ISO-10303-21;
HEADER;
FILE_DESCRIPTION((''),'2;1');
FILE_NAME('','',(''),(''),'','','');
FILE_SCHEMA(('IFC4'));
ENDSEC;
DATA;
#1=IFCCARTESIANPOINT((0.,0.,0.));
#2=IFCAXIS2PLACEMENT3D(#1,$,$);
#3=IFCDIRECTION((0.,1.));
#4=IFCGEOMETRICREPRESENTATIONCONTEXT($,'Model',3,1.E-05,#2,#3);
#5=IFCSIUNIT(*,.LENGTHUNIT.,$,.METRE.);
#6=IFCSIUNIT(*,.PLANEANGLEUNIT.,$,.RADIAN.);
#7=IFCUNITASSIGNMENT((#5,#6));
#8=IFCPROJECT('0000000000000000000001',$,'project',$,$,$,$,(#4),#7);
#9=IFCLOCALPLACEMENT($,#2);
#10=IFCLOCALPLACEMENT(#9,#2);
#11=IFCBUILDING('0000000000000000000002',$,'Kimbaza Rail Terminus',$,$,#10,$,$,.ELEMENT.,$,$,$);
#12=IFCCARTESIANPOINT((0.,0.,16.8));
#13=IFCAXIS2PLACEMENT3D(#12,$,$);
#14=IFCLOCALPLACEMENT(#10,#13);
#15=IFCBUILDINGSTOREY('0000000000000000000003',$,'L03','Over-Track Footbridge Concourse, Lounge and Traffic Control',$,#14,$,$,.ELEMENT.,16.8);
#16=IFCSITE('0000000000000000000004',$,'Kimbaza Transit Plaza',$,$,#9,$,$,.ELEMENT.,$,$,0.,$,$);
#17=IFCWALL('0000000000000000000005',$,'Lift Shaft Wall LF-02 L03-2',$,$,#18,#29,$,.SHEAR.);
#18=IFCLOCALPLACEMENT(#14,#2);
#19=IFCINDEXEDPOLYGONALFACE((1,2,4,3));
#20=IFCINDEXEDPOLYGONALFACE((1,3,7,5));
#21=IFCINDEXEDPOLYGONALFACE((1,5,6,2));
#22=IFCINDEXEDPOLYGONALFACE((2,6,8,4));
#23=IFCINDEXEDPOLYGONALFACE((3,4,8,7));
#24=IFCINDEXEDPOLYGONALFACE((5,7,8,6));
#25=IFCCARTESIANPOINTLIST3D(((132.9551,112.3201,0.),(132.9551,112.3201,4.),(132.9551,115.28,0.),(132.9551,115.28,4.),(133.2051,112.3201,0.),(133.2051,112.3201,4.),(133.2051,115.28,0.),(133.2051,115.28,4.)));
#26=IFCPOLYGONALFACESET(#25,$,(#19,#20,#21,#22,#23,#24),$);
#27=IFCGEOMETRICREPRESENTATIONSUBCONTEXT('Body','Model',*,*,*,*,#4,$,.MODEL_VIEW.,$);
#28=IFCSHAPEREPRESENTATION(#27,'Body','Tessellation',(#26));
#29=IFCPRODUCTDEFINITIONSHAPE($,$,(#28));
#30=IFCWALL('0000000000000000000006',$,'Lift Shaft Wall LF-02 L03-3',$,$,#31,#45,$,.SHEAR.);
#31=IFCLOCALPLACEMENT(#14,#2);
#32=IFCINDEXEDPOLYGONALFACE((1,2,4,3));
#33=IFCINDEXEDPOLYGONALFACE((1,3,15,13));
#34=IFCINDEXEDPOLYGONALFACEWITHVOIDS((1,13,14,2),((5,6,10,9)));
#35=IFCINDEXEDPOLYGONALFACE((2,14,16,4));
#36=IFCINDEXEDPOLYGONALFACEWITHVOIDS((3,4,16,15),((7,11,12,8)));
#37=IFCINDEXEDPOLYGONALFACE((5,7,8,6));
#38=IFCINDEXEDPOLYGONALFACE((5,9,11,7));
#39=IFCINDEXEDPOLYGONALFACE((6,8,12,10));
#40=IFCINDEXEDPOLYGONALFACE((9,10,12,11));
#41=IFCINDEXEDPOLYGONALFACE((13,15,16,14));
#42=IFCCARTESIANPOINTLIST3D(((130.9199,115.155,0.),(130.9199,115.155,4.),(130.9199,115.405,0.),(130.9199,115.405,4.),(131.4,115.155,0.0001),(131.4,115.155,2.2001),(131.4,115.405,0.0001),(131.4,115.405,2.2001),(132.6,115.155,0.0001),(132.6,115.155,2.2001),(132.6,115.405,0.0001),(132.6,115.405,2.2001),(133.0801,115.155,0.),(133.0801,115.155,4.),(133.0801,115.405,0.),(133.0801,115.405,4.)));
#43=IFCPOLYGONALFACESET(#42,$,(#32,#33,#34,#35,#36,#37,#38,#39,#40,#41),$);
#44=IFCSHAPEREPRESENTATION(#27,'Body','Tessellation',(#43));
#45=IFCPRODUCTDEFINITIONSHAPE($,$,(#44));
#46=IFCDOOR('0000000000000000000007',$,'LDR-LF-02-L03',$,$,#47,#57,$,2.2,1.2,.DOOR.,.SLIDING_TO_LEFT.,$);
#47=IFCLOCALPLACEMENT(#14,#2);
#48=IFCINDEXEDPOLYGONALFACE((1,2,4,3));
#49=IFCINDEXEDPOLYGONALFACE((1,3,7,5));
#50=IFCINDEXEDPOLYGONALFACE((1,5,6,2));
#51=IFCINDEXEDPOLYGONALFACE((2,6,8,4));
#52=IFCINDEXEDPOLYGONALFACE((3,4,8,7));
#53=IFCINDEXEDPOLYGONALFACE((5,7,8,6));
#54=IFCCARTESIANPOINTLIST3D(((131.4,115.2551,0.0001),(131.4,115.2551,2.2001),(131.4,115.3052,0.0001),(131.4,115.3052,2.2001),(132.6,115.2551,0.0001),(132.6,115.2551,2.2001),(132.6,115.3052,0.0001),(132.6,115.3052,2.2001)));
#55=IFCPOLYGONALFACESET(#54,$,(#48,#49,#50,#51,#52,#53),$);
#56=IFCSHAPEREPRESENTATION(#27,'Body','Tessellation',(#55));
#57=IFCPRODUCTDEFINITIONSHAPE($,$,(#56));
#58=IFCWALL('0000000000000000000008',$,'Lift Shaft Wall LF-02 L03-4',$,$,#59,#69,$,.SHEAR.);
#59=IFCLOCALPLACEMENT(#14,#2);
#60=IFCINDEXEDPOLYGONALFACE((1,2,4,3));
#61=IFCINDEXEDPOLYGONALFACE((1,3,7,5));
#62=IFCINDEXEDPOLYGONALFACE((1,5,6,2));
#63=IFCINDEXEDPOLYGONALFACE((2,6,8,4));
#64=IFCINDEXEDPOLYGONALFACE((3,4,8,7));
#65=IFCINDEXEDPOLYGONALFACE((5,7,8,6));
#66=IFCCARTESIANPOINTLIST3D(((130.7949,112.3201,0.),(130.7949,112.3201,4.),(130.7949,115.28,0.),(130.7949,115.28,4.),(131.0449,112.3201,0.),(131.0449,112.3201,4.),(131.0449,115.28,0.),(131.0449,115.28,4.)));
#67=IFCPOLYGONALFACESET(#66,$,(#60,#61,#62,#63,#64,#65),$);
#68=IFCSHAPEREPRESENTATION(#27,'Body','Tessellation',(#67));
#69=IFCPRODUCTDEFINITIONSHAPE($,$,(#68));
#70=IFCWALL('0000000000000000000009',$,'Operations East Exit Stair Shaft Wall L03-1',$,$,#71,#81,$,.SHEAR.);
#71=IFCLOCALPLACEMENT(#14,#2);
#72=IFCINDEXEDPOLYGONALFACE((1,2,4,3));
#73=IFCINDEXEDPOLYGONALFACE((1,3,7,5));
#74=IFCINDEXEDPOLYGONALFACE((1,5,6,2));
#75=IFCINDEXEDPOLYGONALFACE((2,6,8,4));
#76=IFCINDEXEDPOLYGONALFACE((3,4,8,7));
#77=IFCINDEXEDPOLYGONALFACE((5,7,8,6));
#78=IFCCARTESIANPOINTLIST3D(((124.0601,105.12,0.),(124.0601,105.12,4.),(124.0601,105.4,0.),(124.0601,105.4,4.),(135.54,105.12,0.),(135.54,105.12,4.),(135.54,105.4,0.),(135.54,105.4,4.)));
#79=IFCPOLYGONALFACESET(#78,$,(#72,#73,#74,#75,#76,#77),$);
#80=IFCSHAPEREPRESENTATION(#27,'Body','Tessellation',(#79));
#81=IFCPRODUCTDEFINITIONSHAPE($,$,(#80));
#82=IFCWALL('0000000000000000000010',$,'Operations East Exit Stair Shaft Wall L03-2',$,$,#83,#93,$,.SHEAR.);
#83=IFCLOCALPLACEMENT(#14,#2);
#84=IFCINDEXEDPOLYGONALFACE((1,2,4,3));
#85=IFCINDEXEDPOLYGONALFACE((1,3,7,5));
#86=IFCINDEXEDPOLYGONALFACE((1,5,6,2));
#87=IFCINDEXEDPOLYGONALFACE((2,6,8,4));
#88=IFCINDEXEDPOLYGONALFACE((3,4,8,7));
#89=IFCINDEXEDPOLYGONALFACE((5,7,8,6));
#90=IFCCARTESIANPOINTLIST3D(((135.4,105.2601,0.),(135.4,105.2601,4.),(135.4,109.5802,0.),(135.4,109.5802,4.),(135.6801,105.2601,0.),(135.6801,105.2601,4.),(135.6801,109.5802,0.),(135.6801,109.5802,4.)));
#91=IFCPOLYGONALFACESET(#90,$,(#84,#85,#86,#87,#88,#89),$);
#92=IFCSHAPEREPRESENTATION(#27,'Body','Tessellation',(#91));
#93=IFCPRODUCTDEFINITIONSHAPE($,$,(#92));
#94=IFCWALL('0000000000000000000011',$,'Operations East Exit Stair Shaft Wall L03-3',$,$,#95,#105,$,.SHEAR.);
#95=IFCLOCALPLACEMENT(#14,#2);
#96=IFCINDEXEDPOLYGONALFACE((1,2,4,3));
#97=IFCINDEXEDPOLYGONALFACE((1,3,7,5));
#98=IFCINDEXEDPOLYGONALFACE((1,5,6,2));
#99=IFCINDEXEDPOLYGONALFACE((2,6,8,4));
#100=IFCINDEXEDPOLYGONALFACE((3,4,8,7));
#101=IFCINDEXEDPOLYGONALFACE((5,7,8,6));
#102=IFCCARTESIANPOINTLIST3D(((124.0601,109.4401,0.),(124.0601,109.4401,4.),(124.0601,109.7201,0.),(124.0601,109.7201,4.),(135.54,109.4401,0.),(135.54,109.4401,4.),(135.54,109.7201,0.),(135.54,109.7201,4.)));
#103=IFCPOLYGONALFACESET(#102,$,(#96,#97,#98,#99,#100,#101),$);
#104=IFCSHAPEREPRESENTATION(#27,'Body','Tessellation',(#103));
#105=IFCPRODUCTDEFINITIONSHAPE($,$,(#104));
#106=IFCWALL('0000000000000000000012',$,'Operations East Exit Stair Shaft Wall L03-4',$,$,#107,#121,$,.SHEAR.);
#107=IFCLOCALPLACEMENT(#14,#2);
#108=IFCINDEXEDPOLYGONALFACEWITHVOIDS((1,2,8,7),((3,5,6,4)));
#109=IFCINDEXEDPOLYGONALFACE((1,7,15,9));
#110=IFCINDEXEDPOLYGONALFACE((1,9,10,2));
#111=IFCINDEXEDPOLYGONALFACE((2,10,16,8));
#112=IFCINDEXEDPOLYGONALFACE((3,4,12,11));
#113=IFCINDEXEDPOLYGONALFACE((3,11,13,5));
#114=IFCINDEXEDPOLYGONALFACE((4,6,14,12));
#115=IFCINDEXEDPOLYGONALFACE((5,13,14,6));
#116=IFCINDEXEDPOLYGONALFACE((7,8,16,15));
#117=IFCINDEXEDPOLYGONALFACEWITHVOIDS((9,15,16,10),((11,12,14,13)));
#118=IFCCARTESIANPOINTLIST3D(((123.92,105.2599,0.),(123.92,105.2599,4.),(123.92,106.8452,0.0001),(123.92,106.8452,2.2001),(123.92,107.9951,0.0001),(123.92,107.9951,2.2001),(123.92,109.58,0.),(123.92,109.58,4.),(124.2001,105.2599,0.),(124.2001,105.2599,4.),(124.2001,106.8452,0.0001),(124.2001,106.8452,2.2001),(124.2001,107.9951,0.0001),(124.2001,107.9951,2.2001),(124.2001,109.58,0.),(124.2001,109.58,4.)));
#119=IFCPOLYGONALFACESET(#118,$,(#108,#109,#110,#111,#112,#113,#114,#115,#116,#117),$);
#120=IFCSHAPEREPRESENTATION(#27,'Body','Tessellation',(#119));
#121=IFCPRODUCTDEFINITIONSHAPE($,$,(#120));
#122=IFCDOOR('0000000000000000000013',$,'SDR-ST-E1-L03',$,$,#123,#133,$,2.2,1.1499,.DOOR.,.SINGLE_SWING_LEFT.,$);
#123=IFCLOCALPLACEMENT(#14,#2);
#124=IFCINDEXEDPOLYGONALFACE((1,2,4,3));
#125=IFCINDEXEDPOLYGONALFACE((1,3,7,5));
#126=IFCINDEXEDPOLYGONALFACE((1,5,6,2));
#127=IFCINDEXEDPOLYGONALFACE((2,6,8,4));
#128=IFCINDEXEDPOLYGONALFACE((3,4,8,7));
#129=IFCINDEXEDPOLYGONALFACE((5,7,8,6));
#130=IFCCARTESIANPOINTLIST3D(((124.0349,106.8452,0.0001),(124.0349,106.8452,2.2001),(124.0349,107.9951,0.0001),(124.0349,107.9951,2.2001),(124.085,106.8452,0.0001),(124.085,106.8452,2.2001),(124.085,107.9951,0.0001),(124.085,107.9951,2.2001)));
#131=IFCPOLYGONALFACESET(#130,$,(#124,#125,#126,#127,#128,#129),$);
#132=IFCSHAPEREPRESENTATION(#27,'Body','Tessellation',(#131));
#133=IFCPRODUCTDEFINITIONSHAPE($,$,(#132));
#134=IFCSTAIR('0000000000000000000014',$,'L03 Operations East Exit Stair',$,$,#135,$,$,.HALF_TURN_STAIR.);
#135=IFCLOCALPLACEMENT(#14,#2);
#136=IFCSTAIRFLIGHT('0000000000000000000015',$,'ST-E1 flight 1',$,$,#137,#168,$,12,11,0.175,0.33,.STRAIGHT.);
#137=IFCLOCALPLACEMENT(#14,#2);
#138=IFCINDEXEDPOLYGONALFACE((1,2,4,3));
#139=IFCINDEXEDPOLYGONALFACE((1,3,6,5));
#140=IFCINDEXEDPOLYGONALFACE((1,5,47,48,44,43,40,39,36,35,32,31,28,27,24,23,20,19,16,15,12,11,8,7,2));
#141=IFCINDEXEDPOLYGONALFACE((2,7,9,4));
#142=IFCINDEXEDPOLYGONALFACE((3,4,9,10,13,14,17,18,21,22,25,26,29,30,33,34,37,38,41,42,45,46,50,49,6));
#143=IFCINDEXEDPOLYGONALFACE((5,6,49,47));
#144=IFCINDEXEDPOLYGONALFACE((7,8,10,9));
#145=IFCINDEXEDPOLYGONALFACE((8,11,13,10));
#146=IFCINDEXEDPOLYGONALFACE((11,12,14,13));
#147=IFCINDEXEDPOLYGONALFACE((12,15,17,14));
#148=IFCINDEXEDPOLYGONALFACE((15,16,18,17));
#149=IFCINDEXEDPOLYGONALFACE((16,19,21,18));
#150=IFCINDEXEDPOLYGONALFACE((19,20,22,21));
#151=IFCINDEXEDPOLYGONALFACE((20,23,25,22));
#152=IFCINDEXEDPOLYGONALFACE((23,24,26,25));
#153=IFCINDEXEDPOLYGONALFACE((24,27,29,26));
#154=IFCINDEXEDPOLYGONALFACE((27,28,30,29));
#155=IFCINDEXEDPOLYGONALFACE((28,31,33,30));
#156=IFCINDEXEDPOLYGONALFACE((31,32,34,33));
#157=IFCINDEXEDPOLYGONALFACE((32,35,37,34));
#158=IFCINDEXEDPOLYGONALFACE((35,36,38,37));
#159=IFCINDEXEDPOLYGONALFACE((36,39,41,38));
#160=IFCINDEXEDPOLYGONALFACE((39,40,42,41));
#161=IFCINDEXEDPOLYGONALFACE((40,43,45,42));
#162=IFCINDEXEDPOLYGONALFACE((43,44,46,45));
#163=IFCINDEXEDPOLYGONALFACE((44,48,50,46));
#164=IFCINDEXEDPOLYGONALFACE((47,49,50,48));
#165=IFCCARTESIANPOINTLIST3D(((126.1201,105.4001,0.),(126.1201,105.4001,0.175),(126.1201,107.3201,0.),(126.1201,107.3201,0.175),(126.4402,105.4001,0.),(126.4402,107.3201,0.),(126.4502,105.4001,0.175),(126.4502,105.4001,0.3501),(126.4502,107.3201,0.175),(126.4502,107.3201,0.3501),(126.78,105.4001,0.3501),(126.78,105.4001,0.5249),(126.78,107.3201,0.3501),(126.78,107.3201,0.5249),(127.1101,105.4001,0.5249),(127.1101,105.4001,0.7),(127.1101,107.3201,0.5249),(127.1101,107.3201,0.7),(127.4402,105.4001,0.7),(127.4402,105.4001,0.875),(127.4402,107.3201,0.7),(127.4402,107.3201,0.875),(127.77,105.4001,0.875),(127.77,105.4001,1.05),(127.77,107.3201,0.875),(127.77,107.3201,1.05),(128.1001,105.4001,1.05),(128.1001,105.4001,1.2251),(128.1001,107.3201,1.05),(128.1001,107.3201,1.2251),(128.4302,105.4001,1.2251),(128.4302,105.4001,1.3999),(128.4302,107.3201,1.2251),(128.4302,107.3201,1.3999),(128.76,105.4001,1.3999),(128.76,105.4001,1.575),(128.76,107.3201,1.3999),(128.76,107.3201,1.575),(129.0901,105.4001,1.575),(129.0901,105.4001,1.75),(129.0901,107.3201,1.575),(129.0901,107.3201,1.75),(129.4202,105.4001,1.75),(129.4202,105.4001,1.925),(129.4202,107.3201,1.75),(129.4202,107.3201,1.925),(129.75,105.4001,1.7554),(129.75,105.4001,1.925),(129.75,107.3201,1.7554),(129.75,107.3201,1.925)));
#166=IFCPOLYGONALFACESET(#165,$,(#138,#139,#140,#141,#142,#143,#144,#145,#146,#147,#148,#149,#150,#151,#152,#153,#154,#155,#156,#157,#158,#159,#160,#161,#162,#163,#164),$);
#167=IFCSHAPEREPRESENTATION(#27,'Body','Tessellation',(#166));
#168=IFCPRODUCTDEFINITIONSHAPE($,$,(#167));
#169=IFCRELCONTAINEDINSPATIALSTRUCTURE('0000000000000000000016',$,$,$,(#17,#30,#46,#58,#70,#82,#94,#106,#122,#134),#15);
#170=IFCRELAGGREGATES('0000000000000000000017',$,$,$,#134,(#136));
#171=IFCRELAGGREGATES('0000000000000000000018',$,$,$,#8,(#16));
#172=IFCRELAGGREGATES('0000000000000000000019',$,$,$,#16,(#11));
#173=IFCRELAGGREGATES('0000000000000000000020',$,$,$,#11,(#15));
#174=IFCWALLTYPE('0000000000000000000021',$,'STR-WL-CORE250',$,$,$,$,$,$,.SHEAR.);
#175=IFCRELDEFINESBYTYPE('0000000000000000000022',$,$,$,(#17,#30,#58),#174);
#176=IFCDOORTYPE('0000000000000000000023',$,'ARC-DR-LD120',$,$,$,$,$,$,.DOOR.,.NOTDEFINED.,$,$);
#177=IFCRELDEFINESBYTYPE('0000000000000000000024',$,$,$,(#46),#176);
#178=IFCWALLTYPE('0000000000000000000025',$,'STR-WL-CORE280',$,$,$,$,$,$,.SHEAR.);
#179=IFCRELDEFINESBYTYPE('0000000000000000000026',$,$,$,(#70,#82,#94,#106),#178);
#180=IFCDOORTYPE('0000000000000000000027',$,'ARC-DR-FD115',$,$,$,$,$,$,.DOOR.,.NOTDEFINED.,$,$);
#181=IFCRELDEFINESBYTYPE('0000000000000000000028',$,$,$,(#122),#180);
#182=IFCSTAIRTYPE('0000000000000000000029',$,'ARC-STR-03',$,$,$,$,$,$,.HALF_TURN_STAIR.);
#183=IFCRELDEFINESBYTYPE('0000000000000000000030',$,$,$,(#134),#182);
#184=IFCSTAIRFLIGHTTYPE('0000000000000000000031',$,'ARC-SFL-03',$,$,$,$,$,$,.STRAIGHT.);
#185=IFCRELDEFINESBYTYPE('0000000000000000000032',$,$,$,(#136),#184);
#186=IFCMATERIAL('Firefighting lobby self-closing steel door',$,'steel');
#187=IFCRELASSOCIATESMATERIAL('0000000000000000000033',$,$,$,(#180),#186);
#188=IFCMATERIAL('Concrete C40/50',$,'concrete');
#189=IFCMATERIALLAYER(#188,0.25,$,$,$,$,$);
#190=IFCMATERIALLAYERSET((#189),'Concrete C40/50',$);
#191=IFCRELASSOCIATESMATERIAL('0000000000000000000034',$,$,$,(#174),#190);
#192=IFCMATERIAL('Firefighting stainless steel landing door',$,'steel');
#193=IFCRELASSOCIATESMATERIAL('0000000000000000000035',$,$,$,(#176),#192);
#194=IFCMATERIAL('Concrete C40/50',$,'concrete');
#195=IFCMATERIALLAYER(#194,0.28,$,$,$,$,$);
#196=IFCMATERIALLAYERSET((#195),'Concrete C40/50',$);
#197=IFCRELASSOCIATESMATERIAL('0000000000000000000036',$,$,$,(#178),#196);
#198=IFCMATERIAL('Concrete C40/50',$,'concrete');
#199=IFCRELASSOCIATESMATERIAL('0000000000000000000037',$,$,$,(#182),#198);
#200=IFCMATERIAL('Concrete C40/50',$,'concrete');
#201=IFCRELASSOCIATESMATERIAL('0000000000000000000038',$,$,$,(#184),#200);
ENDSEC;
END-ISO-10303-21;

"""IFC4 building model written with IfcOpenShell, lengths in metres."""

from ifc_helpers import new_model, si_unit, direction, frame, frame_2d, origin, place, context, subcontext, project, spatial, polyline, rectangle, outline, extrude, material, layer, layer_set, type_object, element, fill, aggregate, save


model = new_model("IFC4")

# Units and contexts
model_context = context("Model", 3, precision=1e-05, world=origin(), true_north=direction((0.0, 1.0)))
body_context = subcontext(model_context, "Body", "Model", "MODEL_VIEW")
ifc_project = project(units=[si_unit("LENGTHUNIT", "METRE"), si_unit("PLANEANGLEUNIT", "RADIAN")], contexts=[model_context])

# Site, building, storey
site_placement = place(None, origin())
site = spatial("IfcSite", under=ifc_project, at=site_placement, Name="Kimbaza Transit Plaza", CompositionType="ELEMENT", RefElevation=0.0)
building_placement = place(site_placement, origin())
building = spatial("IfcBuilding", under=site, at=building_placement, Name="Kimbaza Rail Terminus", CompositionType="ELEMENT")
storey_placement = place(building_placement, frame((0.0, 0.0, 16.8)))
storey = spatial("IfcBuildingStorey", under=building, at=storey_placement, Name="L03", Description="Over-Track Footbridge Concourse, Lounge and Traffic Control", CompositionType="ELEMENT", Elevation=16.8)

# Shared definitions
ifc_material_1 = material(Name="Firefighting lobby self-closing steel door", Category="steel")
door_type_1 = type_object("IfcDoorType", Name="ARC-DR-FD115", OperationType="NOTDEFINED", PredefinedType="DOOR", material=ifc_material_1)

# Wall
ifc_material_2 = material(Name="Concrete C40/50", Category="concrete")
ifc_layer_1 = layer(ifc_material_2, 0.25)
ifc_layer_set_1 = layer_set([ifc_layer_1], Name="Concrete C40/50")
wall_type_1 = type_object("IfcWallType", Name="STR-WL-CORE250", PredefinedType="SHEAR", material=ifc_layer_set_1)
wall_1_placement = place(storey_placement, frame((133.0801, 112.3201, 0.0), z_axis=(0.0, 0.0, 1.0), x_axis=(0.0, 1.0, 0.0)))
element("IfcWall", 1, at=wall_1_placement, inside=storey, type_object=wall_type_1, Name="Lift Shaft Wall LF-02 L03-2", PredefinedType="SHEAR", context=body_context, shape_type="SweptSolid", body=[
    extrude(rectangle(XDim=2.96, YDim=0.25, at=frame_2d((1.48, 0.0))), origin(), (0.0, 0.0, 1.0), 4.0),
])

# Wall, opening, door
wall_2_placement = place(storey_placement, frame((133.0801, 115.28, 0.0), z_axis=(0.0, 0.0, 1.0), x_axis=(-1.0, 0.0, 0.0)))
wall_2 = element("IfcWall", 2, at=wall_2_placement, inside=storey, type_object=wall_type_1, Name="Lift Shaft Wall LF-02 L03-3", PredefinedType="SHEAR", context=body_context, shape_type="SweptSolid", body=[
    extrude(rectangle(XDim=2.1602, YDim=0.25, at=frame_2d((1.0801, 0.0))), origin(), (0.0, 0.0, 1.0), 4.0),
])
opening_1_placement = place(wall_2_placement, frame((0.48, 0.0, 0.0)))
opening_1 = element("IfcOpeningElement", 3, at=opening_1_placement, cuts=wall_2, PredefinedType="OPENING", context=body_context, shape_type="SweptSolid", body=[
    extrude(rectangle(XDim=1.2, YDim=2.2, at=frame_2d((0.6001, 1.1001))), frame((0.0, 0.135, 0.0), z_axis=(0.0, -1.0, 0.0), x_axis=(1.0, 0.0, 0.0)), (0.0, 0.0, 1.0), 0.27),
])
ifc_material_3 = material(Name="Firefighting stainless steel landing door", Category="steel")
door_type_2 = type_object("IfcDoorType", Name="ARC-DR-LD120", OperationType="NOTDEFINED", PredefinedType="DOOR", material=ifc_material_3)
door_1_placement = place(opening_1_placement, origin())
door_1 = element("IfcDoor", 4, at=door_1_placement, inside=storey, type_object=door_type_2, Name="LDR-LF-02-L03", OperationType="SLIDING_TO_LEFT", OverallHeight=2.2, OverallWidth=1.2, PredefinedType="DOOR", context=body_context, shape_type="SweptSolid", body=[
    extrude(rectangle(XDim=1.2, YDim=2.2, at=frame_2d((0.6001, 1.1001))), frame((0.0, 0.0249, 0.0), z_axis=(0.0, -1.0, 0.0), x_axis=(1.0, 0.0, 0.0)), (0.0, 0.0, 1.0), 0.05),
])
fill(opening_1, door_1)

# Walls
wall_3_placement = place(storey_placement, frame((130.9199, 115.28, 0.0), z_axis=(0.0, 0.0, 1.0), x_axis=(0.0, -1.0, 0.0)))
element("IfcWall", 5, at=wall_3_placement, inside=storey, type_object=wall_type_1, Name="Lift Shaft Wall LF-02 L03-4", PredefinedType="SHEAR", context=body_context, shape_type="SweptSolid", body=[
    extrude(rectangle(XDim=2.96, YDim=0.25, at=frame_2d((1.48, 0.0))), origin(), (0.0, 0.0, 1.0), 4.0),
])
ifc_material_4 = material(Name="Concrete C40/50", Category="concrete")
ifc_layer_2 = layer(ifc_material_4, 0.28)
ifc_layer_set_2 = layer_set([ifc_layer_2], Name="Concrete C40/50")
wall_type_2 = type_object("IfcWallType", Name="STR-WL-CORE280", PredefinedType="SHEAR", material=ifc_layer_set_2)
wall_4_placement = place(storey_placement, frame((124.0601, 105.26, 0.0), z_axis=(0.0, 0.0, 1.0), x_axis=(1.0, 0.0, 0.0)))
element("IfcWall", 6, at=wall_4_placement, inside=storey, type_object=wall_type_2, Name="Operations East Exit Stair Shaft Wall L03-1", PredefinedType="SHEAR", context=body_context, shape_type="SweptSolid", body=[
    extrude(rectangle(XDim=11.48, YDim=0.28, at=frame_2d((5.74, 0.0))), origin(), (0.0, 0.0, 1.0), 4.0),
])
wall_5_placement = place(storey_placement, frame((135.54, 105.26, 0.0), z_axis=(0.0, 0.0, 1.0), x_axis=(0.0, 1.0, 0.0)))
element("IfcWall", 7, at=wall_5_placement, inside=storey, type_object=wall_type_2, Name="Operations East Exit Stair Shaft Wall L03-2", PredefinedType="SHEAR", context=body_context, shape_type="SweptSolid", body=[
    extrude(rectangle(XDim=4.3201, YDim=0.28, at=frame_2d((2.1602, 0.0))), origin(), (0.0, 0.0, 1.0), 4.0),
])
wall_6_placement = place(storey_placement, frame((135.54, 109.5801, 0.0), z_axis=(0.0, 0.0, 1.0), x_axis=(-1.0, 0.0, 0.0)))
element("IfcWall", 8, at=wall_6_placement, inside=storey, type_object=wall_type_2, Name="Operations East Exit Stair Shaft Wall L03-3", PredefinedType="SHEAR", context=body_context, shape_type="SweptSolid", body=[
    extrude(rectangle(XDim=11.48, YDim=0.28, at=frame_2d((5.74, 0.0))), origin(), (0.0, 0.0, 1.0), 4.0),
])

# Wall, opening, door
wall_7_placement = place(storey_placement, frame((124.0601, 109.5801, 0.0), z_axis=(0.0, 0.0, 1.0), x_axis=(0.0, -1.0, 0.0)))
wall_7 = element("IfcWall", 9, at=wall_7_placement, inside=storey, type_object=wall_type_2, Name="Operations East Exit Stair Shaft Wall L03-4", PredefinedType="SHEAR", context=body_context, shape_type="SweptSolid", body=[
    extrude(rectangle(XDim=4.3201, YDim=0.28, at=frame_2d((2.1602, 0.0))), origin(), (0.0, 0.0, 1.0), 4.0),
])
opening_2_placement = place(wall_7_placement, frame((1.585, 0.0, 0.0)))
opening_2 = element("IfcOpeningElement", 10, at=opening_2_placement, cuts=wall_7, PredefinedType="OPENING", context=body_context, shape_type="SweptSolid", body=[
    extrude(rectangle(XDim=1.1499, YDim=2.2, at=frame_2d((0.575, 1.1001))), frame((0.0, 0.1499, 0.0), z_axis=(0.0, -1.0, 0.0), x_axis=(1.0, 0.0, 0.0)), (0.0, 0.0, 1.0), 0.3),
])
door_2_placement = place(opening_2_placement, origin())
door_2 = element("IfcDoor", 11, at=door_2_placement, inside=storey, type_object=door_type_1, Name="SDR-ST-E1-L03", OperationType="SINGLE_SWING_LEFT", OverallHeight=2.2, OverallWidth=1.1499, PredefinedType="DOOR", context=body_context, shape_type="SweptSolid", body=[
    extrude(rectangle(XDim=1.1499, YDim=2.2, at=frame_2d((0.575, 1.1001))), frame((0.0, 0.0249, 0.0), z_axis=(0.0, -1.0, 0.0), x_axis=(1.0, 0.0, 0.0)), (0.0, 0.0, 1.0), 0.05),
])
fill(opening_2, door_2)

# Stair, stair flight
ifc_material_5 = material(Name="Concrete C40/50", Category="concrete")
stair_type = type_object("IfcStairType", Name="ARC-STR-03", PredefinedType="HALF_TURN_STAIR", material=ifc_material_5)
stair_placement = place(storey_placement, origin())
stair = element("IfcStair", 12, at=stair_placement, inside=storey, type_object=stair_type, Name="L03 Operations East Exit Stair", PredefinedType="HALF_TURN_STAIR")
ifc_material_6 = material(Name="Concrete C40/50", Category="concrete")
stair_flight_type = type_object("IfcStairFlightType", Name="ARC-SFL-03", PredefinedType="STRAIGHT", material=ifc_material_6)
stair_flight_1_placement = place(storey_placement, frame((126.1201, 106.3601, 0.0), z_axis=(0.0, 0.0, 1.0), x_axis=(1.0, 0.0, 0.0)))
stair_flight_1 = element("IfcStairFlight", 13, at=stair_flight_1_placement, type_object=stair_flight_type, Name="ST-E1 flight 1", NumberOfRisers=12, NumberOfTreads=11, PredefinedType="STRAIGHT", RiserHeight=0.175, TreadLength=0.33, context=body_context, shape_type="SweptSolid", body=[
    extrude(outline(polyline([(0.0, 0.0), (0.0, 0.175), (0.3301, 0.175), (0.3301, 0.3501), (0.6599, 0.3501), (0.6599, 0.5249), (0.99, 0.5249), (0.99, 0.7), (1.3201, 0.7), (1.3201, 0.875), (1.6499, 0.875), (1.6499, 1.05), (1.98, 1.05), (1.98, 1.2251), (2.3101, 1.2251), (2.3101, 1.3999), (2.6399, 1.3999), (2.6399, 1.575), (2.97, 1.575), (2.97, 1.75), (3.3, 1.75), (3.3, 1.925), (3.6299, 1.925), (3.6299, 2.1001), (3.6299, 1.7554), (0.3201, 0.0), (0.0, 0.0)])), frame((0.0, 0.96, 0.0), z_axis=(0.0, -1.0, 0.0), x_axis=(1.0, 0.0, 0.0)), (0.0, 0.0, 1.0), 1.9199),
])
aggregate(stair, [stair_flight_1])

save(model, "model.ifc")
